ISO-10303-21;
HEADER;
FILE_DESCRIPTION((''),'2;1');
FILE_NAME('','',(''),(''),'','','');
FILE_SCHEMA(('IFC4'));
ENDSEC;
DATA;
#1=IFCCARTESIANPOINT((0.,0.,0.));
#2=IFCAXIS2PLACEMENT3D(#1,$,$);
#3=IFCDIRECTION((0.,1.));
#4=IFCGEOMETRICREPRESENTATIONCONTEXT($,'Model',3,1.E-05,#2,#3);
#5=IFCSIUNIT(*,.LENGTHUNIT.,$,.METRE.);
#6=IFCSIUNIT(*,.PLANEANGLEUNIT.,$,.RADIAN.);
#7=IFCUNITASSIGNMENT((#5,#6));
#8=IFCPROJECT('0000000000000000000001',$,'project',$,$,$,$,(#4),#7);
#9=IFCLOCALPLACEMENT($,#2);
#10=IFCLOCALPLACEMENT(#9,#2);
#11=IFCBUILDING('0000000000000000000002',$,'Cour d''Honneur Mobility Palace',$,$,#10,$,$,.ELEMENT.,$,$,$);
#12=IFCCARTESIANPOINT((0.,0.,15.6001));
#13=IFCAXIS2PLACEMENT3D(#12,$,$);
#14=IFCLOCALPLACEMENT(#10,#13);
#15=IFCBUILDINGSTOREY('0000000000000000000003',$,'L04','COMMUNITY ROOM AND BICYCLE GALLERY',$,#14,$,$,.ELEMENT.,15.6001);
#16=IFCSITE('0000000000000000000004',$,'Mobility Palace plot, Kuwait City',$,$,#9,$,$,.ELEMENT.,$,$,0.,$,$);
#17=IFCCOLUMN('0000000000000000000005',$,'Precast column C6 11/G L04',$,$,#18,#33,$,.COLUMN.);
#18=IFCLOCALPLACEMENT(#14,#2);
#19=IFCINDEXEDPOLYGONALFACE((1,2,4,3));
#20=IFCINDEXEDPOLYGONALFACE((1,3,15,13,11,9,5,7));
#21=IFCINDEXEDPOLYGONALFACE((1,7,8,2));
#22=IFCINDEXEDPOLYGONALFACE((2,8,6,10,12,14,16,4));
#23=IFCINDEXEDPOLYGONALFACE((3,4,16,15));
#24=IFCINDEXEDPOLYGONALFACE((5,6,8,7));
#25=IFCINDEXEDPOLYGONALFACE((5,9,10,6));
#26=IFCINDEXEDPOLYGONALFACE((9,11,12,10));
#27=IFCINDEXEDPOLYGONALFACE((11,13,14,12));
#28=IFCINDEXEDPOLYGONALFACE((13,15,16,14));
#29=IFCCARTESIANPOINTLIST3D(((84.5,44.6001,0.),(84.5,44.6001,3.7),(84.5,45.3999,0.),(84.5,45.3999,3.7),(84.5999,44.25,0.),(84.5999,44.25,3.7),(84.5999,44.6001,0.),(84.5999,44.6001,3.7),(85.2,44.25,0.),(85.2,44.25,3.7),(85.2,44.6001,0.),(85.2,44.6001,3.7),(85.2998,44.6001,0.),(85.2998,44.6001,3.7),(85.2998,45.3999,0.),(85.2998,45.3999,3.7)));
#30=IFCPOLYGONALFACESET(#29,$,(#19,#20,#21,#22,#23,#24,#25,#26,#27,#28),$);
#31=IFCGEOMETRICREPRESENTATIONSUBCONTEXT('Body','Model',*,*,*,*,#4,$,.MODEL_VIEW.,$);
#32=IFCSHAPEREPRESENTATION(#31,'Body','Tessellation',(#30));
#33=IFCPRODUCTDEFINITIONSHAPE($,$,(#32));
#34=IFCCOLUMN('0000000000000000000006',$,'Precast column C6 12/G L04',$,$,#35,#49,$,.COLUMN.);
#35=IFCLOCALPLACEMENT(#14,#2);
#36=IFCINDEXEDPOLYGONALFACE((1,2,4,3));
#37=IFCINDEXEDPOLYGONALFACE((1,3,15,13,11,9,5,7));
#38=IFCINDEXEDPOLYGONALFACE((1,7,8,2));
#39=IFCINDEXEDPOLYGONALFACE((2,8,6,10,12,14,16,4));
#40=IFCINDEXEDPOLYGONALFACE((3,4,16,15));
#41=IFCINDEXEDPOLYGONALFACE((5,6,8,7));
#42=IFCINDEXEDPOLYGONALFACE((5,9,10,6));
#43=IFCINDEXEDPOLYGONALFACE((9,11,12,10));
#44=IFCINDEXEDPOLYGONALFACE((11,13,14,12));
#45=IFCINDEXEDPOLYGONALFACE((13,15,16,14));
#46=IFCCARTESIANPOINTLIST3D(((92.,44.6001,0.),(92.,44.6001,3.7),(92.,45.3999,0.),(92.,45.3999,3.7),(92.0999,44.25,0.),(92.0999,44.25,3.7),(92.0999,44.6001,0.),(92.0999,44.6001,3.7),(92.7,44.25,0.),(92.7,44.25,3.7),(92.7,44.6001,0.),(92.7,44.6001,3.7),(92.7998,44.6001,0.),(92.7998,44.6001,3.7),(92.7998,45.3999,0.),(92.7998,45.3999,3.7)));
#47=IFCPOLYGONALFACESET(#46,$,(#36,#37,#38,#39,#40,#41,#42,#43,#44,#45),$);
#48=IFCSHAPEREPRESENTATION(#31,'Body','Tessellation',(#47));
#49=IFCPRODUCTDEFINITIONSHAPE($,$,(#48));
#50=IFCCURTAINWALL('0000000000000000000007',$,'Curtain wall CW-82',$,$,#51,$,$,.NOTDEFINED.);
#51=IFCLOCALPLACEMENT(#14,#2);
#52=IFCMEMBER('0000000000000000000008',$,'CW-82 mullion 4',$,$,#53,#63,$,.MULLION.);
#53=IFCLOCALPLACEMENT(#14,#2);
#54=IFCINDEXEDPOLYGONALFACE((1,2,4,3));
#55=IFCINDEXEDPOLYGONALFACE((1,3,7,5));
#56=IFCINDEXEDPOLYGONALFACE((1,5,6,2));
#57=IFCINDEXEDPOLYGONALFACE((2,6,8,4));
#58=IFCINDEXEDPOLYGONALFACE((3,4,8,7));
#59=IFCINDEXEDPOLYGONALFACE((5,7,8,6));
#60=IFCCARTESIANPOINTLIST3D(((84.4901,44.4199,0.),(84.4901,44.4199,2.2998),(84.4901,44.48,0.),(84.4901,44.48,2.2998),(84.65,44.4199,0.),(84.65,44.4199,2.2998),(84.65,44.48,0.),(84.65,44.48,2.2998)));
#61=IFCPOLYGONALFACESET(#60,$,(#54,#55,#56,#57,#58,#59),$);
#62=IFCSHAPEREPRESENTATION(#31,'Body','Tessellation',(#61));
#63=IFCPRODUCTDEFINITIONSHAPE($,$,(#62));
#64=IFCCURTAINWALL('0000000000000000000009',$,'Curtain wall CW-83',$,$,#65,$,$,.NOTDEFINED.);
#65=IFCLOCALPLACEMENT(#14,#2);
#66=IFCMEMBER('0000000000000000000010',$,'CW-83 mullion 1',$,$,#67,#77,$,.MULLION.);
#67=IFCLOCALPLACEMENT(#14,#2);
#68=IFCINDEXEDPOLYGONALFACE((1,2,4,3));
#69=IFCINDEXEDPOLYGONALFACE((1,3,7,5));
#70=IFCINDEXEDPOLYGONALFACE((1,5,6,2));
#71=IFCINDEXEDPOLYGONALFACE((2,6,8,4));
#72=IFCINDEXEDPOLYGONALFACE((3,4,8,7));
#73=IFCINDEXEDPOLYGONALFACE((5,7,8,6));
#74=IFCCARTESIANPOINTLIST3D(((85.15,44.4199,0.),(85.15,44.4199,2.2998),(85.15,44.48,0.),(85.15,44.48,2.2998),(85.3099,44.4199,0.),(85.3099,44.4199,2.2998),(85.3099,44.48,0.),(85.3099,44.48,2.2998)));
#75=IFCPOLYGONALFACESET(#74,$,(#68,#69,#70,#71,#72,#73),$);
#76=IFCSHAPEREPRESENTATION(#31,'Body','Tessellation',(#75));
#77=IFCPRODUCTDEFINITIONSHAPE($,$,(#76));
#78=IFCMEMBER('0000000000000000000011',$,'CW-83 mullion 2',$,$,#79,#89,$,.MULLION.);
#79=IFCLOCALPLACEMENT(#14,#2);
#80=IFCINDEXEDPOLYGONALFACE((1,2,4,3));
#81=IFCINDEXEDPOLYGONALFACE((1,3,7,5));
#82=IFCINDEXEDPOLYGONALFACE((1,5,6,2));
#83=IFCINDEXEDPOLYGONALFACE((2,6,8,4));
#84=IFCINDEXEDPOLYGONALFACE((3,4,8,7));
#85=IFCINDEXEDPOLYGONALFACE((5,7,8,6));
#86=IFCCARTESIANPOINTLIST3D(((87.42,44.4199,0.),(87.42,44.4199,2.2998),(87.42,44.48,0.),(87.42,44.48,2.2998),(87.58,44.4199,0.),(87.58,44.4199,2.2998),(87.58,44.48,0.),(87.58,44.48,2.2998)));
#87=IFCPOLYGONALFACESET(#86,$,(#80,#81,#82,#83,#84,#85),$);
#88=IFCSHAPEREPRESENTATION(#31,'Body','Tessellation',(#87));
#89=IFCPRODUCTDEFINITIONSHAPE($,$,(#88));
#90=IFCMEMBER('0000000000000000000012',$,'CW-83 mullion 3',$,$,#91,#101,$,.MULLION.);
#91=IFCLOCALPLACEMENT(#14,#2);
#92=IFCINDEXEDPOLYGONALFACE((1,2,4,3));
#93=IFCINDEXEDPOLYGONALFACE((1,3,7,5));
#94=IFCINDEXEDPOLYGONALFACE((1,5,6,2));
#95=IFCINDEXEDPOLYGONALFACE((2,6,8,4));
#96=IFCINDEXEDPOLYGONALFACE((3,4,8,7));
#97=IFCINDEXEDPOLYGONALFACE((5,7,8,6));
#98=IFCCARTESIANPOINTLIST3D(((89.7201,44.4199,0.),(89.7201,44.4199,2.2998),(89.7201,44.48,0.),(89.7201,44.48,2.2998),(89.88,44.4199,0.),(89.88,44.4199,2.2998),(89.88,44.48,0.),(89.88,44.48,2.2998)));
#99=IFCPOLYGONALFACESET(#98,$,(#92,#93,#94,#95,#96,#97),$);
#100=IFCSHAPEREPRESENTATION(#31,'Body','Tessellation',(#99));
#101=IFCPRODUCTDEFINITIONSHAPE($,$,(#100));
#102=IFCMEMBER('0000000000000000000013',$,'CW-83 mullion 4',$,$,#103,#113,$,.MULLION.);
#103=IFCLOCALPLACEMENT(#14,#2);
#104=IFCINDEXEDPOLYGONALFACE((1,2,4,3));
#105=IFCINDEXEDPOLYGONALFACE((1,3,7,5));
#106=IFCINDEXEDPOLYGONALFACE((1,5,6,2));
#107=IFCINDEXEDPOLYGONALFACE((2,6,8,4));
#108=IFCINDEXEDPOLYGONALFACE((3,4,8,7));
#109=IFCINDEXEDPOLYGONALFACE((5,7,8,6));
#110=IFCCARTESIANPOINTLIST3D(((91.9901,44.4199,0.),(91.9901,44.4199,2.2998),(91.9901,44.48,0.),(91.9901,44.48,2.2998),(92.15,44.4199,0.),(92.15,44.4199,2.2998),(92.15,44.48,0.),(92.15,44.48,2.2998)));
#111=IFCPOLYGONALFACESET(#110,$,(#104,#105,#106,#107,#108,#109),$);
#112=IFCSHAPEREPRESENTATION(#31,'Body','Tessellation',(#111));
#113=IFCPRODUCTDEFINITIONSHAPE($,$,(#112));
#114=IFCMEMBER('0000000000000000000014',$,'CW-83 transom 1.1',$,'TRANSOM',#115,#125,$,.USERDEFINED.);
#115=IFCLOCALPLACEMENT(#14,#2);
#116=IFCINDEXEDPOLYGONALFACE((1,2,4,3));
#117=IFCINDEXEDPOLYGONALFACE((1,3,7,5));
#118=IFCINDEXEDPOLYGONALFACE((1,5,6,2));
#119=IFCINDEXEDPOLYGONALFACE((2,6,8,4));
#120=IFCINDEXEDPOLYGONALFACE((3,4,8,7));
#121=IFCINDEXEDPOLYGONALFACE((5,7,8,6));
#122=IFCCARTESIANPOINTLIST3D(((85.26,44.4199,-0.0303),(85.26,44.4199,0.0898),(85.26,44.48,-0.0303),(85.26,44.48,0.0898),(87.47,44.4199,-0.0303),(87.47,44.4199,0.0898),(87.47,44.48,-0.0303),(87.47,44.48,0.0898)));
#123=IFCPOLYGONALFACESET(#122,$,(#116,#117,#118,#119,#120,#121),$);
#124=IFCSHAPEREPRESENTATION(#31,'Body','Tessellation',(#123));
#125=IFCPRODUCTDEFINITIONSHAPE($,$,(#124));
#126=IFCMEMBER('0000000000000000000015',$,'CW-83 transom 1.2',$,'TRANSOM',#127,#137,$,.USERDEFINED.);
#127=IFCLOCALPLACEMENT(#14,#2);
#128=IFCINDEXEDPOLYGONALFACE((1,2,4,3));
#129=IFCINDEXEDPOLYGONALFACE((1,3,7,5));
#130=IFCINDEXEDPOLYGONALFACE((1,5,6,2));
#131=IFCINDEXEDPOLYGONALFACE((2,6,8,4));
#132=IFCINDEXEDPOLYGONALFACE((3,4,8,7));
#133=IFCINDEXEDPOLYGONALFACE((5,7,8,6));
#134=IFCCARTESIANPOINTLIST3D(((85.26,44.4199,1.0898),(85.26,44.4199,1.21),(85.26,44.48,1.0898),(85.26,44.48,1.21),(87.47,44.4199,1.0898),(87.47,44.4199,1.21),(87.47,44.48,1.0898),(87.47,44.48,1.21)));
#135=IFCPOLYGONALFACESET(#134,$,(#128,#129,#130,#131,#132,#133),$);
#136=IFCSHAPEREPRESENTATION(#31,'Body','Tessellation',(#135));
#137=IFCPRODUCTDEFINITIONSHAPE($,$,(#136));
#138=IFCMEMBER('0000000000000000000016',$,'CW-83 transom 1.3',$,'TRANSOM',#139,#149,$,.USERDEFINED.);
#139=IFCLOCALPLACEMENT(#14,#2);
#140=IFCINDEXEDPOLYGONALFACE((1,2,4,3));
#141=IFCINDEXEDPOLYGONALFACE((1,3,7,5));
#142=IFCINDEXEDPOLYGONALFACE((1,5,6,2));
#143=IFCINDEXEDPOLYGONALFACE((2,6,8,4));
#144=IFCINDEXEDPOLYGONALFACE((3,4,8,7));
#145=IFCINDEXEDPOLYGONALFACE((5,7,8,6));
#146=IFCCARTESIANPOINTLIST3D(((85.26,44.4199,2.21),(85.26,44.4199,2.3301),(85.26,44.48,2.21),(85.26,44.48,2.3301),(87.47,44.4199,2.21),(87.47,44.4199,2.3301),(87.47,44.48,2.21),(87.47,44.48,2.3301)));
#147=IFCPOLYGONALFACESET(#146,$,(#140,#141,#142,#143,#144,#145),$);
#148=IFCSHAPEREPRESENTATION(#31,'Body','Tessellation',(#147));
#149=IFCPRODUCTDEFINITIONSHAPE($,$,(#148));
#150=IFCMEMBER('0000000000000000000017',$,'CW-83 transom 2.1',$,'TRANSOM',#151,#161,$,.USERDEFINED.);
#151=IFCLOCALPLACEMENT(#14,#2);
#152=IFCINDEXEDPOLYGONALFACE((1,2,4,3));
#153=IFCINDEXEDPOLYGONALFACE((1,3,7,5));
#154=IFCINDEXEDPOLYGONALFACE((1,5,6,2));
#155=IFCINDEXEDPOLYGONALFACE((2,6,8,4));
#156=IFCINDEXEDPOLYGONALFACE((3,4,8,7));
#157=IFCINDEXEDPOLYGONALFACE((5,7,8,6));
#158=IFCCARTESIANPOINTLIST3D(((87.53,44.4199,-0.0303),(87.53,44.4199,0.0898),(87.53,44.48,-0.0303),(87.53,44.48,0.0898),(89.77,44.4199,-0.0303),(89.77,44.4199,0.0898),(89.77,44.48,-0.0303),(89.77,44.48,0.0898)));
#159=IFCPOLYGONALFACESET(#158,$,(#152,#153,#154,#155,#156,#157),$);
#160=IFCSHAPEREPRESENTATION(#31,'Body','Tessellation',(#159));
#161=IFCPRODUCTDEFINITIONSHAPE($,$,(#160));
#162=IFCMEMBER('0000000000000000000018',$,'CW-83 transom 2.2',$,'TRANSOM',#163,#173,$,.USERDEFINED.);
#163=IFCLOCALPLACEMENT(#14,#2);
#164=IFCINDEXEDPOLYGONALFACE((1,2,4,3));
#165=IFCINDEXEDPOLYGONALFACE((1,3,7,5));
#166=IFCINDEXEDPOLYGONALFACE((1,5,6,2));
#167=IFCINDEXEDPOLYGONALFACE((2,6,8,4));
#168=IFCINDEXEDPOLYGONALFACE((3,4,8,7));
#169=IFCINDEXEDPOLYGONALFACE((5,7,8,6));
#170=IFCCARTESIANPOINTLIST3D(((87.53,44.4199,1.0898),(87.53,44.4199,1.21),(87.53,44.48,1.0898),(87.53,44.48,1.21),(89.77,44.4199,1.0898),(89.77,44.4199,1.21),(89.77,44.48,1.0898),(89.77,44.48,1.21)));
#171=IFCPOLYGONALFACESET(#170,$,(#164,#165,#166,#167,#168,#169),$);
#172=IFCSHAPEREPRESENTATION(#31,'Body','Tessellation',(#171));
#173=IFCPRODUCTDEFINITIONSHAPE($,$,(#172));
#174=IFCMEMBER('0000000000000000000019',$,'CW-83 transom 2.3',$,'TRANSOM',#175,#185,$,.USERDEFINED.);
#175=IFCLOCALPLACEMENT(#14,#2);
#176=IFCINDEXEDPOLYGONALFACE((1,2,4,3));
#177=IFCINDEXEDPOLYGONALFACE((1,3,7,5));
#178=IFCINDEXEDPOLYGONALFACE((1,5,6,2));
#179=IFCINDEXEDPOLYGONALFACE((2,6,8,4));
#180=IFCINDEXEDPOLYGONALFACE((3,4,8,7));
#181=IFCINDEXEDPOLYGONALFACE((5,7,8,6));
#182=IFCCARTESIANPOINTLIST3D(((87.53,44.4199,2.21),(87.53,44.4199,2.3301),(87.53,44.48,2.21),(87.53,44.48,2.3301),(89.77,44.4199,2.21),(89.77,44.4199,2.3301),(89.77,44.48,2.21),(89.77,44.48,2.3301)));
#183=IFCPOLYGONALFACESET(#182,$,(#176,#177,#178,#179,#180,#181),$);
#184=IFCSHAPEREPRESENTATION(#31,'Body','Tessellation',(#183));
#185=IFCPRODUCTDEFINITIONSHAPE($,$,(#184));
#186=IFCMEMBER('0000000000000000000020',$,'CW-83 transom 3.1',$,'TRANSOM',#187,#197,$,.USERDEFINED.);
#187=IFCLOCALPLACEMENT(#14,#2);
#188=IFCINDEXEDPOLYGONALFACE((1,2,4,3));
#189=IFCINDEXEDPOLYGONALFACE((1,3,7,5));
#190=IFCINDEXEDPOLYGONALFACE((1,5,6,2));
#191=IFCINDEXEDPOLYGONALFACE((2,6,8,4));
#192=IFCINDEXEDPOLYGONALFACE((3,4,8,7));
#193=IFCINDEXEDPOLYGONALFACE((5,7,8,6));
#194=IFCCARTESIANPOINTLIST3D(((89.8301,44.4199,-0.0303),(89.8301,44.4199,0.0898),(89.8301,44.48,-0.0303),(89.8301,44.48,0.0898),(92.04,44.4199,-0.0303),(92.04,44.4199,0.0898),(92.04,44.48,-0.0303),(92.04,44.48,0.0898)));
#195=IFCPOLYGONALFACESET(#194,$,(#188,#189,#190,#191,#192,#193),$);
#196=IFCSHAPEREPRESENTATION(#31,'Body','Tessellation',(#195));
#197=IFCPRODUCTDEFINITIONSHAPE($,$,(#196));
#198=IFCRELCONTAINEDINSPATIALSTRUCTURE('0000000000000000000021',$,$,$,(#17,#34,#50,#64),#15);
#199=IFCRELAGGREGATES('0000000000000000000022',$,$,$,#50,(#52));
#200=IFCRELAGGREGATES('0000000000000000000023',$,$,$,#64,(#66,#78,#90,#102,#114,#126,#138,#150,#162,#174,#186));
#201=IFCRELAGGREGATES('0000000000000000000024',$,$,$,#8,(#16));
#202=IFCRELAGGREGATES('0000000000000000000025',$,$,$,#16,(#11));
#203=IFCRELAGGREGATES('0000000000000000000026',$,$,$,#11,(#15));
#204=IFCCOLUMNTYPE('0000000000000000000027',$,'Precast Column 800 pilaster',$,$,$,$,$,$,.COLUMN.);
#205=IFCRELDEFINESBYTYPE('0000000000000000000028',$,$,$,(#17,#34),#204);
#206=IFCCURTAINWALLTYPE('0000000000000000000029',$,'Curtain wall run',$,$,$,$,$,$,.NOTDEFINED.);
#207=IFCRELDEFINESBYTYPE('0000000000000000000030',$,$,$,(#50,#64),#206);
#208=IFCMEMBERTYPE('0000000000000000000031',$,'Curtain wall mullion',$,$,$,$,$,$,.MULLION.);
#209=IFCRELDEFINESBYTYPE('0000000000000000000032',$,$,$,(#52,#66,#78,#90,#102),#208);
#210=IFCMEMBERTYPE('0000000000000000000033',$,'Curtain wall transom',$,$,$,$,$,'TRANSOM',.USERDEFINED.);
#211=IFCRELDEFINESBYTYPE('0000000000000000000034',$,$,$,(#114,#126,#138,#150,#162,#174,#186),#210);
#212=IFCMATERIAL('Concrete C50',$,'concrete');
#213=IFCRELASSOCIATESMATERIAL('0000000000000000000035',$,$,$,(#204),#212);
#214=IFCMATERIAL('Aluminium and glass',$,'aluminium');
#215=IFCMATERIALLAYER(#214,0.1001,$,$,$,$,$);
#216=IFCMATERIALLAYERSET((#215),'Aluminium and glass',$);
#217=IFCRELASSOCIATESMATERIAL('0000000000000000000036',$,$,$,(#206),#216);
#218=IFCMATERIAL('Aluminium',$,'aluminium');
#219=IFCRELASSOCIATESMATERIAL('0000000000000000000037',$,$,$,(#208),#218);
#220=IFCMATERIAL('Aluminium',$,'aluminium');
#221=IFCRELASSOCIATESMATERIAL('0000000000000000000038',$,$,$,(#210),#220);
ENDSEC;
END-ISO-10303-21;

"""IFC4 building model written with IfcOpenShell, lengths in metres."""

from ifc_helpers import new_model, si_unit, direction, frame, origin, origin_2d, place, context, subcontext, project, spatial, polyline, rectangle, outline, extrude, material, layer, layer_set, material_profile, profile_set, type_object, element, aggregate, save


model = new_model("IFC4")

# Units and contexts
model_context = context("Model", 3, precision=1e-05, world=origin(), true_north=direction((0.0, 1.0)))
body_context = subcontext(model_context, "Body", "Model", "MODEL_VIEW")
ifc_project = project(units=[si_unit("LENGTHUNIT", "METRE"), si_unit("PLANEANGLEUNIT", "RADIAN")], contexts=[model_context])

# Site, building, storey
site_placement = place(None, origin())
site = spatial("IfcSite", under=ifc_project, at=site_placement, Name="Mobility Palace plot, Kuwait City", CompositionType="ELEMENT", RefElevation=0.0)
building_placement = place(site_placement, origin())
building = spatial("IfcBuilding", under=site, at=building_placement, Name="Cour d'Honneur Mobility Palace", CompositionType="ELEMENT")
storey_placement = place(building_placement, frame((0.0, 0.0, 15.6001)))
storey = spatial("IfcBuildingStorey", under=building, at=storey_placement, Name="L04", Description="COMMUNITY ROOM AND BICYCLE GALLERY", CompositionType="ELEMENT", Elevation=15.6001)

# Columns
ifc_material_1 = material(Name="Concrete C50", Category="concrete")
ifc_material_profile_1 = material_profile(ifc_material_1, outline(polyline([(-0.3999, -0.3999), (0.3999, -0.3999), (0.3999, -0.3), (0.75, -0.3), (0.75, 0.3), (0.3999, 0.3), (0.3999, 0.3999), (-0.3999, 0.3999), (-0.3999, -0.3999)])), Name="PC C800 pilaster")
ifc_profile_set_1 = profile_set([ifc_material_profile_1], Name="Concrete C50")
column_type = type_object("IfcColumnType", Name="Precast Column 800 pilaster", PredefinedType="COLUMN", material=ifc_profile_set_1)
for number, where, z_axis, x_axis, name in (
    (1, (84.8999, 45.0, 0.0), (0.0, 0.0, 1.0), (0.0, -1.0, 0.0), "Precast column C6 11/G L04"),
    (2, (92.3999, 45.0, 0.0), (0.0, 0.0, 1.0), (0.0, -1.0, 0.0), "Precast column C6 12/G L04"),
):
    element("IfcColumn", number, at=place(storey_placement, frame(where, z_axis=z_axis, x_axis=x_axis)), inside=storey, type_object=column_type, Name=name, PredefinedType="COLUMN", context=body_context, shape_type="SweptSolid", body=[
        extrude(outline(polyline([(-0.3999, -0.3999), (0.3999, -0.3999), (0.3999, -0.3), (0.75, -0.3), (0.75, 0.3), (0.3999, 0.3), (0.3999, 0.3999), (-0.3999, 0.3999), (-0.3999, -0.3999)])), origin(), (0.0, 0.0, 1.0), 3.7),
    ])

# Curtain wall, member
ifc_material_2 = material(Name="Aluminium and glass", Category="aluminium")
ifc_layer_1 = layer(ifc_material_2, 0.1001)
ifc_layer_set_1 = layer_set([ifc_layer_1], Name="Aluminium and glass")
curtain_wall_type = type_object("IfcCurtainWallType", Name="Curtain wall run", PredefinedType="NOTDEFINED", material=ifc_layer_set_1)
curtain_wall_1_placement = place(storey_placement, origin())
curtain_wall_1 = element("IfcCurtainWall", 3, at=curtain_wall_1_placement, inside=storey, type_object=curtain_wall_type, Name="Curtain wall CW-82", PredefinedType="NOTDEFINED")
ifc_material_3 = material(Name="Aluminium", Category="aluminium")
ifc_material_profile_2 = material_profile(ifc_material_3, rectangle(XDim=0.0601, YDim=0.1599, at=origin_2d()), Name="Curtain wall mullion")
ifc_profile_set_2 = profile_set([ifc_material_profile_2], Name="Aluminium")
member_type_1 = type_object("IfcMemberType", Name="Curtain wall mullion", PredefinedType="MULLION", material=ifc_profile_set_2)
member_1_placement = place(storey_placement, frame((84.5701, 44.45, 0.0), z_axis=(0.0, 0.0, 1.0), x_axis=(0.0, 1.0, 0.0)))
member_1 = element("IfcMember", 4, at=member_1_placement, type_object=member_type_1, Name="CW-82 mullion 4", PredefinedType="MULLION", context=body_context, shape_type="SweptSolid", body=[
    extrude(rectangle(XDim=0.0601, YDim=0.1599, at=origin_2d()), origin(), (0.0, 0.0, 1.0), 2.2998),
])
aggregate(curtain_wall_1, [member_1])

# Curtain wall, members
curtain_wall_2_placement = place(storey_placement, origin())
curtain_wall_2 = element("IfcCurtainWall", 5, at=curtain_wall_2_placement, inside=storey, type_object=curtain_wall_type, Name="Curtain wall CW-83", PredefinedType="NOTDEFINED")
member_2_placement = place(storey_placement, frame((85.23, 44.45, 0.0), z_axis=(0.0, 0.0, 1.0), x_axis=(0.0, 1.0, 0.0)))
member_2 = element("IfcMember", 6, at=member_2_placement, type_object=member_type_1, Name="CW-83 mullion 1", PredefinedType="MULLION", context=body_context, shape_type="SweptSolid", body=[
    extrude(rectangle(XDim=0.0601, YDim=0.1599, at=origin_2d()), origin(), (0.0, 0.0, 1.0), 2.2998),
])
member_3_placement = place(storey_placement, frame((87.5, 44.45, 0.0), z_axis=(0.0, 0.0, 1.0), x_axis=(0.0, 1.0, 0.0)))
member_3 = element("IfcMember", 7, at=member_3_placement, type_object=member_type_1, Name="CW-83 mullion 2", PredefinedType="MULLION", context=body_context, shape_type="SweptSolid", body=[
    extrude(rectangle(XDim=0.0601, YDim=0.1599, at=origin_2d()), origin(), (0.0, 0.0, 1.0), 2.2998),
])
member_4_placement = place(storey_placement, frame((89.8, 44.45, 0.0), z_axis=(0.0, 0.0, 1.0), x_axis=(0.0, 1.0, 0.0)))
member_4 = element("IfcMember", 8, at=member_4_placement, type_object=member_type_1, Name="CW-83 mullion 3", PredefinedType="MULLION", context=body_context, shape_type="SweptSolid", body=[
    extrude(rectangle(XDim=0.0601, YDim=0.1599, at=origin_2d()), origin(), (0.0, 0.0, 1.0), 2.2998),
])
member_5_placement = place(storey_placement, frame((92.0701, 44.45, 0.0), z_axis=(0.0, 0.0, 1.0), x_axis=(0.0, 1.0, 0.0)))
member_5 = element("IfcMember", 9, at=member_5_placement, type_object=member_type_1, Name="CW-83 mullion 4", PredefinedType="MULLION", context=body_context, shape_type="SweptSolid", body=[
    extrude(rectangle(XDim=0.0601, YDim=0.1599, at=origin_2d()), origin(), (0.0, 0.0, 1.0), 2.2998),
])
ifc_material_4 = material(Name="Aluminium", Category="aluminium")
ifc_material_profile_3 = material_profile(ifc_material_4, rectangle(XDim=0.0601, YDim=0.1201, at=origin_2d()), Name="Curtain wall transom")
ifc_profile_set_3 = profile_set([ifc_material_profile_3], Name="Aluminium")
member_type_2 = type_object("IfcMemberType", Name="Curtain wall transom", ElementType="TRANSOM", PredefinedType="USERDEFINED", material=ifc_profile_set_3)
member_6_placement = place(storey_placement, frame((85.26, 44.45, 0.0298), z_axis=(1.0, 0.0, 0.0), x_axis=(0.0, 1.0, 0.0)))
member_6 = element("IfcMember", 10, at=member_6_placement, type_object=member_type_2, Name="CW-83 transom 1.1", ObjectType="TRANSOM", PredefinedType="USERDEFINED", context=body_context, shape_type="SweptSolid", body=[
    extrude(rectangle(XDim=0.0601, YDim=0.1201, at=origin_2d()), origin(), (0.0, 0.0, 1.0), 2.21),
])
member_7_placement = place(storey_placement, frame((85.26, 44.45, 1.1499), z_axis=(1.0, 0.0, 0.0), x_axis=(0.0, 1.0, 0.0)))
member_7 = element("IfcMember", 11, at=member_7_placement, type_object=member_type_2, Name="CW-83 transom 1.2", ObjectType="TRANSOM", PredefinedType="USERDEFINED", context=body_context, shape_type="SweptSolid", body=[
    extrude(rectangle(XDim=0.0601, YDim=0.1201, at=origin_2d()), origin(), (0.0, 0.0, 1.0), 2.21),
])
member_8_placement = place(storey_placement, frame((85.26, 44.45, 2.27), z_axis=(1.0, 0.0, 0.0), x_axis=(0.0, 1.0, 0.0)))
member_8 = element("IfcMember", 12, at=member_8_placement, type_object=member_type_2, Name="CW-83 transom 1.3", ObjectType="TRANSOM", PredefinedType="USERDEFINED", context=body_context, shape_type="SweptSolid", body=[
    extrude(rectangle(XDim=0.0601, YDim=0.1201, at=origin_2d()), origin(), (0.0, 0.0, 1.0), 2.21),
])
member_9_placement = place(storey_placement, frame((87.53, 44.45, 0.0298), z_axis=(1.0, 0.0, 0.0), x_axis=(0.0, 1.0, 0.0)))
member_9 = element("IfcMember", 13, at=member_9_placement, type_object=member_type_2, Name="CW-83 transom 2.1", ObjectType="TRANSOM", PredefinedType="USERDEFINED", context=body_context, shape_type="SweptSolid", body=[
    extrude(rectangle(XDim=0.0601, YDim=0.1201, at=origin_2d()), origin(), (0.0, 0.0, 1.0), 2.24),
])
member_10_placement = place(storey_placement, frame((87.53, 44.45, 1.1499), z_axis=(1.0, 0.0, 0.0), x_axis=(0.0, 1.0, 0.0)))
member_10 = element("IfcMember", 14, at=member_10_placement, type_object=member_type_2, Name="CW-83 transom 2.2", ObjectType="TRANSOM", PredefinedType="USERDEFINED", context=body_context, shape_type="SweptSolid", body=[
    extrude(rectangle(XDim=0.0601, YDim=0.1201, at=origin_2d()), origin(), (0.0, 0.0, 1.0), 2.24),
])
member_11_placement = place(storey_placement, frame((87.53, 44.45, 2.27), z_axis=(1.0, 0.0, 0.0), x_axis=(0.0, 1.0, 0.0)))
member_11 = element("IfcMember", 15, at=member_11_placement, type_object=member_type_2, Name="CW-83 transom 2.3", ObjectType="TRANSOM", PredefinedType="USERDEFINED", context=body_context, shape_type="SweptSolid", body=[
    extrude(rectangle(XDim=0.0601, YDim=0.1201, at=origin_2d()), origin(), (0.0, 0.0, 1.0), 2.24),
])
member_12_placement = place(storey_placement, frame((89.8301, 44.45, 0.0298), z_axis=(1.0, 0.0, 0.0), x_axis=(0.0, 1.0, 0.0)))
member_12 = element("IfcMember", 16, at=member_12_placement, type_object=member_type_2, Name="CW-83 transom 3.1", ObjectType="TRANSOM", PredefinedType="USERDEFINED", context=body_context, shape_type="SweptSolid", body=[
    extrude(rectangle(XDim=0.0601, YDim=0.1201, at=origin_2d()), origin(), (0.0, 0.0, 1.0), 2.21),
])

aggregate(curtain_wall_2, [member_2, member_3, member_4, member_5, member_6, member_7, member_8, member_9, member_10, member_11, member_12])

save(model, "model.ifc")
